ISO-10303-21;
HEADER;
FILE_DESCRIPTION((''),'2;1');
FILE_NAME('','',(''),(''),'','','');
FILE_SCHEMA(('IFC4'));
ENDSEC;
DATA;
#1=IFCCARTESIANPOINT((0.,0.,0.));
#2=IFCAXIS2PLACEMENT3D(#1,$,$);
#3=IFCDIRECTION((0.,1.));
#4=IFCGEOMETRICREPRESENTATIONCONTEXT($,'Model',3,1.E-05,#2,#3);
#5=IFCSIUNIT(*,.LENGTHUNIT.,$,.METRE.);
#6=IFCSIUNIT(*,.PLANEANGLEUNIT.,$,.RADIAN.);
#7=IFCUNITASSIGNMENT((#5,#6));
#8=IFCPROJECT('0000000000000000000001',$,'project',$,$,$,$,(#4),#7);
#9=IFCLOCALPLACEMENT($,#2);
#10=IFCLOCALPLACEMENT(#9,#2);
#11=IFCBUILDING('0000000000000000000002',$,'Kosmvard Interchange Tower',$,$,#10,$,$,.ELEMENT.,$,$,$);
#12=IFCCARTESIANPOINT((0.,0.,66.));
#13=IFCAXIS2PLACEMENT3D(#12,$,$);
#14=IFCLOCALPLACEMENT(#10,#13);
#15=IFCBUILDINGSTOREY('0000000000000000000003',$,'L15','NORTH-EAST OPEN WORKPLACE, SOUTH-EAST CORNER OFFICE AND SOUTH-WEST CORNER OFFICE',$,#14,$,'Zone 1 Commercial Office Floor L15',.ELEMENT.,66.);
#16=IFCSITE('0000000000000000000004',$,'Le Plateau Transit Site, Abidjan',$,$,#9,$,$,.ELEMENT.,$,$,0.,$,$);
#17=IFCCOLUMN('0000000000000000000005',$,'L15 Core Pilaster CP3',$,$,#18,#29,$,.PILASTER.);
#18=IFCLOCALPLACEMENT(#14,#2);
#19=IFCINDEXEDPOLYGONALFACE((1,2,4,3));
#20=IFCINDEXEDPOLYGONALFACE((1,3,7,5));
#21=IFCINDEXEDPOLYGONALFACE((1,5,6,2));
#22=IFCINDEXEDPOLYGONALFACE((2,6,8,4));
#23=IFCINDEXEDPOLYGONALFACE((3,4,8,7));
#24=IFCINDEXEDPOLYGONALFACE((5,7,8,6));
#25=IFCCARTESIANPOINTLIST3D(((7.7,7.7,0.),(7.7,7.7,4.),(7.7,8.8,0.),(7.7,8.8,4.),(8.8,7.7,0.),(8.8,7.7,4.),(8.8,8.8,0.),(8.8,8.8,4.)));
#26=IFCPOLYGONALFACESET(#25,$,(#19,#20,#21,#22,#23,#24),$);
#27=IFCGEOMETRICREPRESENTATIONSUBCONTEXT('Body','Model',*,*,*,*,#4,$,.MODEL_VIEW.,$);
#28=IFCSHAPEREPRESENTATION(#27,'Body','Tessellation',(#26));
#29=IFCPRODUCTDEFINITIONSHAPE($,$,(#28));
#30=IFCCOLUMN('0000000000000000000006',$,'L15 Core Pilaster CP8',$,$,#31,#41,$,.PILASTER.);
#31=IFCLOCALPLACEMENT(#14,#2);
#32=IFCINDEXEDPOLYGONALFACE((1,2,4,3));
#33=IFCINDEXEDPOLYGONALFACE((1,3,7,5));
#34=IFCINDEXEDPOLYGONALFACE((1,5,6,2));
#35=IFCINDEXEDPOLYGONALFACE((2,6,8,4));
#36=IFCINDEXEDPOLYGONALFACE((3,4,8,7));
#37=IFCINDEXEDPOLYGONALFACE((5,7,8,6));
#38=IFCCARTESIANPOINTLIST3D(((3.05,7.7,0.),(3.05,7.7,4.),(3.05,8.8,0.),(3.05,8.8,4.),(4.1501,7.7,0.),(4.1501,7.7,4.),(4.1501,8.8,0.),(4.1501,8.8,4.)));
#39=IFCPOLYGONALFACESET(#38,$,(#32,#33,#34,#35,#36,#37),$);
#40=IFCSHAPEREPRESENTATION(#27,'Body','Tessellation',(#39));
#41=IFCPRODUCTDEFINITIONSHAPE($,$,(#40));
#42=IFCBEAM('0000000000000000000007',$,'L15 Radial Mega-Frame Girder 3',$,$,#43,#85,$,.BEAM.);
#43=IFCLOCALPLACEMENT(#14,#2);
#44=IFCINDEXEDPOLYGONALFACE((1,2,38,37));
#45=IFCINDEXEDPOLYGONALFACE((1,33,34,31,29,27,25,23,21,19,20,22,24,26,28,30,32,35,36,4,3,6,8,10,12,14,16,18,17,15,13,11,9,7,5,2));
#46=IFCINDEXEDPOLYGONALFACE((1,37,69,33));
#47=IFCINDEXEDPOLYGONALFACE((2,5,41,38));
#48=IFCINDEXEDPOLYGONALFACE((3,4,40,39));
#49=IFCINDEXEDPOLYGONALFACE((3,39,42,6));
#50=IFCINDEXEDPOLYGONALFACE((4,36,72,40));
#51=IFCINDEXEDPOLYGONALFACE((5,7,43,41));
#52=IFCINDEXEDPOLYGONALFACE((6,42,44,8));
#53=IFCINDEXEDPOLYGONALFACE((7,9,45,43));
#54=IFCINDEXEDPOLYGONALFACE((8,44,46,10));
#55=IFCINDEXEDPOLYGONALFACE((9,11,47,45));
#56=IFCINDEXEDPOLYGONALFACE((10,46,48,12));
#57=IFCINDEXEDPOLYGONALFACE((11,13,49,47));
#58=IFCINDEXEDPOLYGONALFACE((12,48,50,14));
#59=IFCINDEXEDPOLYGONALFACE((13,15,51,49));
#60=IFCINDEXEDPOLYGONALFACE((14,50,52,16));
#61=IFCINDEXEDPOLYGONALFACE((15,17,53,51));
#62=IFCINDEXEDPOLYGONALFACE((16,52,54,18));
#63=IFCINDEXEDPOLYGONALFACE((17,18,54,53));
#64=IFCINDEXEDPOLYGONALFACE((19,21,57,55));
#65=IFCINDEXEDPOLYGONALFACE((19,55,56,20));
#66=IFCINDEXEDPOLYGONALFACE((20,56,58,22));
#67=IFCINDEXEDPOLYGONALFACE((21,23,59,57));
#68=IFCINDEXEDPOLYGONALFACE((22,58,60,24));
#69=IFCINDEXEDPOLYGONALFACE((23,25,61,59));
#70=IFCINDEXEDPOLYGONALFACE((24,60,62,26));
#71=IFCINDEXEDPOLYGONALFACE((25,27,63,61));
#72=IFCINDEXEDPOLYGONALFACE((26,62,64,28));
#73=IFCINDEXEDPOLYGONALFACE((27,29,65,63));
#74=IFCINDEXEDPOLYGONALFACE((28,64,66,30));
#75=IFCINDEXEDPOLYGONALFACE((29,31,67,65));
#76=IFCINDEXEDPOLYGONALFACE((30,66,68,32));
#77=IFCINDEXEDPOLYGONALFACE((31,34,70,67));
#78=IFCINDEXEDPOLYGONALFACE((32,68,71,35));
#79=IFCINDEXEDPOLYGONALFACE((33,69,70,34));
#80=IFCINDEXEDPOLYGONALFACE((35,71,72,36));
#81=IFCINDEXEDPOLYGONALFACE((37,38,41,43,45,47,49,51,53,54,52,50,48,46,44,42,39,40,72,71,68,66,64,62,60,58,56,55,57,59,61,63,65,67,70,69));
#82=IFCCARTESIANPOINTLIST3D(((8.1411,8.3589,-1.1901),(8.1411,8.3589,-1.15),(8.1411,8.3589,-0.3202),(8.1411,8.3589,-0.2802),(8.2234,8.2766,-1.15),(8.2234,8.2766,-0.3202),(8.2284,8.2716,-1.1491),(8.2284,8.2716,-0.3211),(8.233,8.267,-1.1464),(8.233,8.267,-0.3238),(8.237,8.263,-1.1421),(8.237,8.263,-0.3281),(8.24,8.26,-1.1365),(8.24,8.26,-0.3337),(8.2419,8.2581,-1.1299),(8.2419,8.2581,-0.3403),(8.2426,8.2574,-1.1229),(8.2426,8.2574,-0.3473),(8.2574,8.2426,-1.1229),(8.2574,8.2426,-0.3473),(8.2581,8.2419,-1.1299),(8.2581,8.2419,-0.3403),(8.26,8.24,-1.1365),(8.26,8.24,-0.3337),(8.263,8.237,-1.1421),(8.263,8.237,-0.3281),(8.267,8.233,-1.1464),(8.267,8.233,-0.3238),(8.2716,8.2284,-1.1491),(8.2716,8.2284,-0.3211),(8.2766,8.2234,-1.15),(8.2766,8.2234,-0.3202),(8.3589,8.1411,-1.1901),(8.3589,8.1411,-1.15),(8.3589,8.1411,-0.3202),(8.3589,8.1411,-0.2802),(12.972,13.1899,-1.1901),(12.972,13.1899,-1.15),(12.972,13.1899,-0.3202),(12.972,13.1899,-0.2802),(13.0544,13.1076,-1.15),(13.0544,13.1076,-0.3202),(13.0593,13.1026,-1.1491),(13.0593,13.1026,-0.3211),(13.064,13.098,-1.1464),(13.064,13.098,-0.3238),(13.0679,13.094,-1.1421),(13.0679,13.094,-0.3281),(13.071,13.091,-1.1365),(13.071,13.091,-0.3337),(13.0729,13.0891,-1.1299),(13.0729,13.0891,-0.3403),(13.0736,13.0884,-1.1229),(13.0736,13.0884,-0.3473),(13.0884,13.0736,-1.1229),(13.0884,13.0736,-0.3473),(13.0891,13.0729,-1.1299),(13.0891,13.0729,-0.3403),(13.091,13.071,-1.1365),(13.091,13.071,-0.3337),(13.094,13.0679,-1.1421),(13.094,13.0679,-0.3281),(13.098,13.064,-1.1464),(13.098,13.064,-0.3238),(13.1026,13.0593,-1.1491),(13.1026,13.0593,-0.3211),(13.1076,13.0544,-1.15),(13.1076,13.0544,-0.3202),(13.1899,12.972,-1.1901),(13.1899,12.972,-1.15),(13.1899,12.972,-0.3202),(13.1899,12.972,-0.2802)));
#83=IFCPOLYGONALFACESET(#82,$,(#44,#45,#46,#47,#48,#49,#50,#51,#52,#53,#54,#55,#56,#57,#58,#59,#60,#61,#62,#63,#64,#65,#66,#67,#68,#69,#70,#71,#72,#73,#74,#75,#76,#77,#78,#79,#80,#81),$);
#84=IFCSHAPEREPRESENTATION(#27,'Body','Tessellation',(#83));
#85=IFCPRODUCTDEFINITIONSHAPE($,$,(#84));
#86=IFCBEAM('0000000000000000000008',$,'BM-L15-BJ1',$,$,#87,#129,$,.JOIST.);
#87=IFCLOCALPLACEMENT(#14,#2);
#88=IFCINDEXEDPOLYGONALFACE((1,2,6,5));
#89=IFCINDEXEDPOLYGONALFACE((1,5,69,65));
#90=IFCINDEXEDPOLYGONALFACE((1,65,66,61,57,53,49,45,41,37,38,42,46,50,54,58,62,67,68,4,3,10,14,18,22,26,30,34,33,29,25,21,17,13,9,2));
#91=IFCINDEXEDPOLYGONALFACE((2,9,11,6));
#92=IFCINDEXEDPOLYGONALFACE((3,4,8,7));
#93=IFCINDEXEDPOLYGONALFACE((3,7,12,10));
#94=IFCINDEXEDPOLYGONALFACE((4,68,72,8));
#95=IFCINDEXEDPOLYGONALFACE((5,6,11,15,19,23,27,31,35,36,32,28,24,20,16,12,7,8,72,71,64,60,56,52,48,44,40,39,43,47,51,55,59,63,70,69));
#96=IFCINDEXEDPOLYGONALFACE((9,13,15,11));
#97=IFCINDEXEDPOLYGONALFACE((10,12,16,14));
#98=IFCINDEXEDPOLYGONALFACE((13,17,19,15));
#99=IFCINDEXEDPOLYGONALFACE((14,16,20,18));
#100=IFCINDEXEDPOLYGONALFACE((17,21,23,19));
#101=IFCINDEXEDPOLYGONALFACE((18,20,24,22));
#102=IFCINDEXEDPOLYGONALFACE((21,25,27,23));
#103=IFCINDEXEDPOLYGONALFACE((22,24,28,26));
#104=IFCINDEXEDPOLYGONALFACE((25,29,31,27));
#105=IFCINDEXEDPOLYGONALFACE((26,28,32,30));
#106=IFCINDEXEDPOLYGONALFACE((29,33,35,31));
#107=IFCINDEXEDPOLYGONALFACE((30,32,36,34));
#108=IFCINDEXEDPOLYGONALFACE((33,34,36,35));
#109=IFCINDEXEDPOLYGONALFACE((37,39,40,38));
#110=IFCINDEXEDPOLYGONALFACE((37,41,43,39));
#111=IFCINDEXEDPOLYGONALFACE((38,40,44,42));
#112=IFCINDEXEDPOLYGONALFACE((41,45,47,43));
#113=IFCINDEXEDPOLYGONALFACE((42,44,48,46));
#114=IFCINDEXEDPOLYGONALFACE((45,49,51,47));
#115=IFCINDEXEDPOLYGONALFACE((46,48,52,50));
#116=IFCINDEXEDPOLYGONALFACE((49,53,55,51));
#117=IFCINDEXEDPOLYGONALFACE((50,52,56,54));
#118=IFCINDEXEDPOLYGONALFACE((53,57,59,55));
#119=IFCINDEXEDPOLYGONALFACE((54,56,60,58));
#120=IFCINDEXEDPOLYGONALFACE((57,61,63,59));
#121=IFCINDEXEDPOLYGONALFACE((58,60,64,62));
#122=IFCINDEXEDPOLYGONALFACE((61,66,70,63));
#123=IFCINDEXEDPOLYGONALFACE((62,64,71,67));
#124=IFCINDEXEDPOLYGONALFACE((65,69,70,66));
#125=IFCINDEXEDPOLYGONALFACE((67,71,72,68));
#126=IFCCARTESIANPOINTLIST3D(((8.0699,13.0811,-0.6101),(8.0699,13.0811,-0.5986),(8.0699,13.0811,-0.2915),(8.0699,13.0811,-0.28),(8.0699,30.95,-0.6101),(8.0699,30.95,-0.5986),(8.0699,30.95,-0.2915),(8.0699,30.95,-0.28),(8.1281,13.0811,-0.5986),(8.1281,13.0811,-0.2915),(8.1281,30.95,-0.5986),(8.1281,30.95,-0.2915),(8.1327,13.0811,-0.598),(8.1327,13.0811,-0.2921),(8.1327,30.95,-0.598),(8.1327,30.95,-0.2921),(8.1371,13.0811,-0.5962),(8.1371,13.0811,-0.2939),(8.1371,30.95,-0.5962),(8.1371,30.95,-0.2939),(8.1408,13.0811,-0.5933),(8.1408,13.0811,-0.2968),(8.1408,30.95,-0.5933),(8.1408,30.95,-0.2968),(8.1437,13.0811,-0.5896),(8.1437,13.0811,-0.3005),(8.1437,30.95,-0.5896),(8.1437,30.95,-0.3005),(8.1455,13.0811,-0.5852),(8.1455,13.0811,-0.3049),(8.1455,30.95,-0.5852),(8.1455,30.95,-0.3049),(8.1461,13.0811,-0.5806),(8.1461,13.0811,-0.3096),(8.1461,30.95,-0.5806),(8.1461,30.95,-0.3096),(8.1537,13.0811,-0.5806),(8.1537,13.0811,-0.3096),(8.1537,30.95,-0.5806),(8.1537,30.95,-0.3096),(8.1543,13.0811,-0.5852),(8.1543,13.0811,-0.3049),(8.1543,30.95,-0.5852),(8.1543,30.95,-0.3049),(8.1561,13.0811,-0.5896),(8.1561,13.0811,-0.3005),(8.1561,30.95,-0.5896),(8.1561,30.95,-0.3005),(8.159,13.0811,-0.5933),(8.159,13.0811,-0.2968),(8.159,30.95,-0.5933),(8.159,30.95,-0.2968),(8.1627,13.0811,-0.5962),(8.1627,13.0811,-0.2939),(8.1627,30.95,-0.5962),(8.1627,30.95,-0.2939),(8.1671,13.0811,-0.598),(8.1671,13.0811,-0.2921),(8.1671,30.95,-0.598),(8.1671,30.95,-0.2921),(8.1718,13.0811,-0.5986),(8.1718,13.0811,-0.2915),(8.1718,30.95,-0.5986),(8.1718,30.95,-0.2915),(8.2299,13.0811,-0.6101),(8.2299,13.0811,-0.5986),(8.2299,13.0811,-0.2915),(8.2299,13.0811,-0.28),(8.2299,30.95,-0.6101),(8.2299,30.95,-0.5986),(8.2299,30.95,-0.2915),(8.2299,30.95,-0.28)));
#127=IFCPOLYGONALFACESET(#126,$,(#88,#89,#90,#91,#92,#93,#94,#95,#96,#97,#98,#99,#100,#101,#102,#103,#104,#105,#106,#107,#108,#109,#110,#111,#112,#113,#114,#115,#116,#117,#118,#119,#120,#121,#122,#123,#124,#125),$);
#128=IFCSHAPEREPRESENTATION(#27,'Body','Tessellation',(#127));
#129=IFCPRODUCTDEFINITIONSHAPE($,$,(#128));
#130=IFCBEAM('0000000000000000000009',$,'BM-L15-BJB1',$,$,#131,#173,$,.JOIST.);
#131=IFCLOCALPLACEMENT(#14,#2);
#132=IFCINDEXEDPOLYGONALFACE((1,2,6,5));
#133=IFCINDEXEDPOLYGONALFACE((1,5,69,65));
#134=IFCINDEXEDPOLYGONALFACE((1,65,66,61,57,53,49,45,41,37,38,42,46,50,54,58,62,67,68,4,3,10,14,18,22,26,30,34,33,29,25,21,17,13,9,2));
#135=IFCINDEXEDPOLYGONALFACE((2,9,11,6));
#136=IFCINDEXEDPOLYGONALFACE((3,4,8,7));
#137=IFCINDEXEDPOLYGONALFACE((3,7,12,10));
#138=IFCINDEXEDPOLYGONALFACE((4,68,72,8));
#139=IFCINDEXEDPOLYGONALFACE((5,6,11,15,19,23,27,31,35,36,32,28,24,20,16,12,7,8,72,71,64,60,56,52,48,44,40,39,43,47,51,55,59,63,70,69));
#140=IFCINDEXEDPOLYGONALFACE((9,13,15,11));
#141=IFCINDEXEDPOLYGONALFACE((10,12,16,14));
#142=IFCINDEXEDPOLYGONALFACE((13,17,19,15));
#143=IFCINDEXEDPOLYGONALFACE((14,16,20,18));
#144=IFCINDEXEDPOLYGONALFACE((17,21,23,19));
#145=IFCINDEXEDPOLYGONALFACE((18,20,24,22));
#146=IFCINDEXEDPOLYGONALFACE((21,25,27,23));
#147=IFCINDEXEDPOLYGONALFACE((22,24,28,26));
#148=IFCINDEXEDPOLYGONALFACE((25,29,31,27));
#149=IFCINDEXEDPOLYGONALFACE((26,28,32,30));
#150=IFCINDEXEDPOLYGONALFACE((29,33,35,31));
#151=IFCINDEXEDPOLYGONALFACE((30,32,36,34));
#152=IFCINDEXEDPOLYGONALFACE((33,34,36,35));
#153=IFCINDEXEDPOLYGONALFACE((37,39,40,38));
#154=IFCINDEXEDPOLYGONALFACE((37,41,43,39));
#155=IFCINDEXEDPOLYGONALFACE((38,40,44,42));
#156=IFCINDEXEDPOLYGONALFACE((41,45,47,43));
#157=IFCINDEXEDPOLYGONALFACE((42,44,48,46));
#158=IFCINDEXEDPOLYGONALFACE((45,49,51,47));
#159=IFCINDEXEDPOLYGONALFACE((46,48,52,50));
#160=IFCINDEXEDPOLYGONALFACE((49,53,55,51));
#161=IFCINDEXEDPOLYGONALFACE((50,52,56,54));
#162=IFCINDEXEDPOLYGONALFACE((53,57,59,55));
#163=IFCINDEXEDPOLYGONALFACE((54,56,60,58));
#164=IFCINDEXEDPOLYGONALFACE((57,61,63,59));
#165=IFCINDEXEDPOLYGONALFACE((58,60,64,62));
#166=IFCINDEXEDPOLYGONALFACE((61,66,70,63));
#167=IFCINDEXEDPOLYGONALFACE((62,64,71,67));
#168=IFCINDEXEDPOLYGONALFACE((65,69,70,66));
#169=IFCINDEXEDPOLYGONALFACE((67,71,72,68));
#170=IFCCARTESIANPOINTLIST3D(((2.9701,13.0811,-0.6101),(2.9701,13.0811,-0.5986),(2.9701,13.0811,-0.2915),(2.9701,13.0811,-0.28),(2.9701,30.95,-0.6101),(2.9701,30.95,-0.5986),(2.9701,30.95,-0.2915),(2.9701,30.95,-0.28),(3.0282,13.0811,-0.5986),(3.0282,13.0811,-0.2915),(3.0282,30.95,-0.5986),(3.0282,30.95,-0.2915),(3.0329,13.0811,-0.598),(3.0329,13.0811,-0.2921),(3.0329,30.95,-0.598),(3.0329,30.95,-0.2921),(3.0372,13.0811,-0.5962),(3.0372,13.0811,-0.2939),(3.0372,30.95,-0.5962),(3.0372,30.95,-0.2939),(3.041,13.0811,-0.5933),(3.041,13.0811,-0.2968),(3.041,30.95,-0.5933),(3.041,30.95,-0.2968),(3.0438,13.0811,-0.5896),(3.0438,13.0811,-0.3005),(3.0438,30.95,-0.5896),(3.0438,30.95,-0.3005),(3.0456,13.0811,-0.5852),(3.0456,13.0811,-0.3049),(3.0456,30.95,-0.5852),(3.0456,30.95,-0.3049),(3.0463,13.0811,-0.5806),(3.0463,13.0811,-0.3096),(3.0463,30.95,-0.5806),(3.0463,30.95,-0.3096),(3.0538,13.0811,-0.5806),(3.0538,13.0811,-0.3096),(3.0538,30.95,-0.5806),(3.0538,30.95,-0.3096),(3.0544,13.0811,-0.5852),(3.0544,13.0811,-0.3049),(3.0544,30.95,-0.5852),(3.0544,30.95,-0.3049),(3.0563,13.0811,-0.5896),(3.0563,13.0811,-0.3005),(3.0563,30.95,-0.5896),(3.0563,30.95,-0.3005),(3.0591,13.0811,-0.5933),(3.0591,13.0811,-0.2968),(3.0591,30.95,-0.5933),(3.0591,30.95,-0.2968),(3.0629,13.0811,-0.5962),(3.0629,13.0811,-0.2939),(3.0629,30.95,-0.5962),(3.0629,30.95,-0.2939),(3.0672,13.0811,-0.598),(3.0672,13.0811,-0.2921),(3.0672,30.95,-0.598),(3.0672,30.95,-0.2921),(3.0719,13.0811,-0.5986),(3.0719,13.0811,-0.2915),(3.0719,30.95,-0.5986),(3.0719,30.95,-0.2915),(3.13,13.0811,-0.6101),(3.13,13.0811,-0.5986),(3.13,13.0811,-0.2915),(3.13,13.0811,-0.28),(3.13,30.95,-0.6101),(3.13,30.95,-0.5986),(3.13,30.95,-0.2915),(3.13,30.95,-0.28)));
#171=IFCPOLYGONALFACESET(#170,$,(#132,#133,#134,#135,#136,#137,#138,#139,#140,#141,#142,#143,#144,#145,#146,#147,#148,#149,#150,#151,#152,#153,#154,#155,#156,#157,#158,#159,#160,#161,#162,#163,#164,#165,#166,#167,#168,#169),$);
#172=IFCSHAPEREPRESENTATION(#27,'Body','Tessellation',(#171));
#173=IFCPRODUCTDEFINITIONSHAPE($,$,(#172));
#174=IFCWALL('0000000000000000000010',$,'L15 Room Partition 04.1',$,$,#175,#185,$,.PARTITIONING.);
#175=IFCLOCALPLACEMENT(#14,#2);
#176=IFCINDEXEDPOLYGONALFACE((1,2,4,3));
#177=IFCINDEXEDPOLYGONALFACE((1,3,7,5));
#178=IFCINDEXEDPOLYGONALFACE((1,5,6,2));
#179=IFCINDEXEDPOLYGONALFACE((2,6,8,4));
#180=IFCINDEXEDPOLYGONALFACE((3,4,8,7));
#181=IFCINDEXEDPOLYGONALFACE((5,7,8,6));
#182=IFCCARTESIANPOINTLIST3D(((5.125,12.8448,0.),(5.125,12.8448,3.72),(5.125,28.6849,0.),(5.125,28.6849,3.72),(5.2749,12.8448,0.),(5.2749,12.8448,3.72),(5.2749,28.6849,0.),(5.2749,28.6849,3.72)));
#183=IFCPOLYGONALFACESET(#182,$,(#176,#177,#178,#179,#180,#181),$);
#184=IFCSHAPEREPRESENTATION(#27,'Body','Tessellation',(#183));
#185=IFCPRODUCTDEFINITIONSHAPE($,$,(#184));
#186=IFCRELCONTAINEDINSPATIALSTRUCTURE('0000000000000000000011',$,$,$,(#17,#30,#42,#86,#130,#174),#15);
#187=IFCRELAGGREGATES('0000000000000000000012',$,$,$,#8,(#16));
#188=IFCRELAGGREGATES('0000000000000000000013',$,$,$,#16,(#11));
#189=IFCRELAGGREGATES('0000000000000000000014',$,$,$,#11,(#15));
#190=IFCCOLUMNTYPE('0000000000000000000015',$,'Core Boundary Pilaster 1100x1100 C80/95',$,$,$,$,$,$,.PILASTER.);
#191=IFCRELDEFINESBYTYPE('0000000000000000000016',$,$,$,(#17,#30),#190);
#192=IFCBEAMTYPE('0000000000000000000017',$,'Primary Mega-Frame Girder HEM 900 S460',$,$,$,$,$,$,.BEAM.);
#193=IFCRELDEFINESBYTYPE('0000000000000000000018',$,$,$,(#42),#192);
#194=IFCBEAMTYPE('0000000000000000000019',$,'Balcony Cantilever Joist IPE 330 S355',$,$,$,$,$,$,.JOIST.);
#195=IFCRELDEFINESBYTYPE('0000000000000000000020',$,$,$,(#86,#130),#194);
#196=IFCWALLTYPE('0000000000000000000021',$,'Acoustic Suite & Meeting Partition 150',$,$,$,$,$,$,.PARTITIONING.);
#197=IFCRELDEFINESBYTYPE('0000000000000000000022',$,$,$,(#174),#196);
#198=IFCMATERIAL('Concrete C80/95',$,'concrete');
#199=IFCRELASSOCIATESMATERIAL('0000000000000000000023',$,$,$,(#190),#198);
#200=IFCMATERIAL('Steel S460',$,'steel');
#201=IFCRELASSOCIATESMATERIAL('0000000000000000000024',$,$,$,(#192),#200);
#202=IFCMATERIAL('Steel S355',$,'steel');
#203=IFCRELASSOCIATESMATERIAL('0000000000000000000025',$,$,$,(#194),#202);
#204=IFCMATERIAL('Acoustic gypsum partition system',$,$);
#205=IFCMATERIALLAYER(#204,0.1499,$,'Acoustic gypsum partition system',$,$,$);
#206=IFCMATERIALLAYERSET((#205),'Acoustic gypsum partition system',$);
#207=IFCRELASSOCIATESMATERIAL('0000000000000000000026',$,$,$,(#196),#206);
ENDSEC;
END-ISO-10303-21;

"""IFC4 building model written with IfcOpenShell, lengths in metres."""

from ifc_helpers import new_model, si_unit, direction, frame, frame_2d, origin, origin_2d, place, context, subcontext, project, spatial, rectangle, i_section, extrude, source, transform, mapped, material, layer, layer_set, material_profile, profile_set, type_object, element, save


model = new_model("IFC4")

# Units and contexts
model_context = context("Model", 3, precision=1e-05, world=origin(), true_north=direction((0.0, 1.0)))
body_context = subcontext(model_context, "Body", "Model", "MODEL_VIEW")
ifc_project = project(units=[si_unit("LENGTHUNIT", "METRE"), si_unit("PLANEANGLEUNIT", "RADIAN")], contexts=[model_context])

# Site, building, storey
site_placement = place(None, origin())
site = spatial("IfcSite", under=ifc_project, at=site_placement, Name="Le Plateau Transit Site, Abidjan", CompositionType="ELEMENT", RefElevation=0.0)
building_placement = place(site_placement, origin())
building = spatial("IfcBuilding", under=site, at=building_placement, Name="Kosmvard Interchange Tower", CompositionType="ELEMENT")
storey_placement = place(building_placement, frame((0.0, 0.0, 66.0)))
storey = spatial("IfcBuildingStorey", under=building, at=storey_placement, Name="L15", Description="NORTH-EAST OPEN WORKPLACE, SOUTH-EAST CORNER OFFICE AND SOUTH-WEST CORNER OFFICE", LongName="Zone 1 Commercial Office Floor L15", CompositionType="ELEMENT", Elevation=66.0)

# Columns
ifc_material_1 = material(Name="Concrete C80/95", Category="concrete")
ifc_material_profile_1 = material_profile(ifc_material_1, rectangle(XDim=1.1001, YDim=1.1001, at=origin_2d()), Name="CP 1100x1100")
ifc_profile_set_1 = profile_set([ifc_material_profile_1], Name="Concrete C80/95")
column_type = type_object("IfcColumnType", Name="Core Boundary Pilaster 1100x1100 C80/95", PredefinedType="PILASTER", material=ifc_profile_set_1)
shared_shape_1 = source(origin(), body_context, "Body", "SweptSolid", [
    extrude(rectangle(XDim=1.1001, YDim=1.1001, at=origin_2d()), origin(), (0.0, 0.0, 1.0), 4.0),
])
for number, where, z_axis, x_axis, name in (
    (1, (8.25, 8.25, 0.0), (0.0, 0.0, 1.0), (1.0, 0.0, 0.0), "L15 Core Pilaster CP3"),
    (2, (3.6001, 8.25, 0.0), (0.0, 0.0, 1.0), (1.0, 0.0, 0.0), "L15 Core Pilaster CP8"),
):
    element("IfcColumn", number, at=place(storey_placement, frame(where, z_axis=z_axis, x_axis=x_axis)), inside=storey, type_object=column_type, Name=name, PredefinedType="PILASTER", context=body_context, shape_type="MappedRepresentation", body=[
        mapped(shared_shape_1, transform((0.0, 0.0, 0.0), scale=1.0)),
    ])

# Beams
ifc_material_2 = material(Name="Steel S460", Category="steel")
ifc_material_profile_2 = material_profile(ifc_material_2, i_section(OverallWidth=0.3081, OverallDepth=0.9099, WebThickness=0.021, FlangeThickness=0.04, FilletRadius=0.0271, at=origin_2d()), Name="HEM 900")
ifc_profile_set_2 = profile_set([ifc_material_profile_2], Name="Steel S460")
beam_type_1 = type_object("IfcBeamType", Name="Primary Mega-Frame Girder HEM 900 S460", PredefinedType="BEAM", material=ifc_profile_set_2)
shared_shape_2 = source(origin(), body_context, "Body", "SweptSolid", [
    extrude(i_section(OverallWidth=0.3081, OverallDepth=0.9099, WebThickness=0.021, FlangeThickness=0.04, FilletRadius=0.0271, at=origin_2d()), origin(), (0.0, 0.0, 1.0), 6.832),
])
beam_placement = place(storey_placement, frame((8.25, 8.25, -0.7351), z_axis=(0.707107, 0.707107, 0.0), x_axis=(-0.707107, 0.707107, 0.0)))
element("IfcBeam", 3, at=beam_placement, inside=storey, type_object=beam_type_1, Name="L15 Radial Mega-Frame Girder 3", PredefinedType="BEAM", context=body_context, shape_type="MappedRepresentation", body=[
    mapped(shared_shape_2, transform((0.0, 0.0, 0.0), scale=1.0)),
])
ifc_material_3 = material(Name="Steel S355", Category="steel")
ifc_material_profile_3 = material_profile(ifc_material_3, i_section(OverallWidth=0.1599, OverallDepth=0.3301, WebThickness=0.0076, FlangeThickness=0.0115, FilletRadius=0.0181, at=origin_2d()), Name="IPE 330")
ifc_profile_set_3 = profile_set([ifc_material_profile_3], Name="Steel S355")
beam_type_2 = type_object("IfcBeamType", Name="Balcony Cantilever Joist IPE 330 S355", PredefinedType="JOIST", material=ifc_profile_set_3)
shared_shape_3 = source(origin(), body_context, "Body", "SweptSolid", [
    extrude(i_section(OverallWidth=0.1599, OverallDepth=0.3301, WebThickness=0.0076, FlangeThickness=0.0115, FilletRadius=0.0181, at=origin_2d()), origin(), (0.0, 0.0, 1.0), 17.8689),
])
for number, where, z_axis, x_axis, name in (
    (4, (8.1499, 13.0811, -0.4451), (0.0, 1.0, 0.0), (-1.0, 0.0, 0.0), "BM-L15-BJ1"),
    (5, (3.05, 13.0811, -0.4451), (0.0, 1.0, 0.0), (-1.0, 0.0, 0.0), "BM-L15-BJB1"),
):
    element("IfcBeam", number, at=place(storey_placement, frame(where, z_axis=z_axis, x_axis=x_axis)), inside=storey, type_object=beam_type_2, Name=name, PredefinedType="JOIST", context=body_context, shape_type="MappedRepresentation", body=[
        mapped(shared_shape_3, transform((0.0, 0.0, 0.0), scale=1.0)),
    ])

# Wall
ifc_material_4 = material(Name="Acoustic gypsum partition system")
ifc_layer_1 = layer(ifc_material_4, 0.1499, Name="Acoustic gypsum partition system")
ifc_layer_set_1 = layer_set([ifc_layer_1], Name="Acoustic gypsum partition system")
wall_type_1 = type_object("IfcWallType", Name="Acoustic Suite & Meeting Partition 150", PredefinedType="PARTITIONING", material=ifc_layer_set_1)
wall_1_placement = place(storey_placement, frame((5.2, 12.845, 0.0), z_axis=(0.0, 0.0, 1.0), x_axis=(0.0, 1.0, 0.0)))
element("IfcWall", 6, at=wall_1_placement, inside=storey, type_object=wall_type_1, Name="L15 Room Partition 04.1", PredefinedType="PARTITIONING", context=body_context, shape_type="SweptSolid", body=[
    extrude(rectangle(XDim=15.8401, YDim=0.1499, at=frame_2d((7.9199, 0.0))), origin(), (0.0, 0.0, 1.0), 3.72),
])

save(model, "model.ifc")
